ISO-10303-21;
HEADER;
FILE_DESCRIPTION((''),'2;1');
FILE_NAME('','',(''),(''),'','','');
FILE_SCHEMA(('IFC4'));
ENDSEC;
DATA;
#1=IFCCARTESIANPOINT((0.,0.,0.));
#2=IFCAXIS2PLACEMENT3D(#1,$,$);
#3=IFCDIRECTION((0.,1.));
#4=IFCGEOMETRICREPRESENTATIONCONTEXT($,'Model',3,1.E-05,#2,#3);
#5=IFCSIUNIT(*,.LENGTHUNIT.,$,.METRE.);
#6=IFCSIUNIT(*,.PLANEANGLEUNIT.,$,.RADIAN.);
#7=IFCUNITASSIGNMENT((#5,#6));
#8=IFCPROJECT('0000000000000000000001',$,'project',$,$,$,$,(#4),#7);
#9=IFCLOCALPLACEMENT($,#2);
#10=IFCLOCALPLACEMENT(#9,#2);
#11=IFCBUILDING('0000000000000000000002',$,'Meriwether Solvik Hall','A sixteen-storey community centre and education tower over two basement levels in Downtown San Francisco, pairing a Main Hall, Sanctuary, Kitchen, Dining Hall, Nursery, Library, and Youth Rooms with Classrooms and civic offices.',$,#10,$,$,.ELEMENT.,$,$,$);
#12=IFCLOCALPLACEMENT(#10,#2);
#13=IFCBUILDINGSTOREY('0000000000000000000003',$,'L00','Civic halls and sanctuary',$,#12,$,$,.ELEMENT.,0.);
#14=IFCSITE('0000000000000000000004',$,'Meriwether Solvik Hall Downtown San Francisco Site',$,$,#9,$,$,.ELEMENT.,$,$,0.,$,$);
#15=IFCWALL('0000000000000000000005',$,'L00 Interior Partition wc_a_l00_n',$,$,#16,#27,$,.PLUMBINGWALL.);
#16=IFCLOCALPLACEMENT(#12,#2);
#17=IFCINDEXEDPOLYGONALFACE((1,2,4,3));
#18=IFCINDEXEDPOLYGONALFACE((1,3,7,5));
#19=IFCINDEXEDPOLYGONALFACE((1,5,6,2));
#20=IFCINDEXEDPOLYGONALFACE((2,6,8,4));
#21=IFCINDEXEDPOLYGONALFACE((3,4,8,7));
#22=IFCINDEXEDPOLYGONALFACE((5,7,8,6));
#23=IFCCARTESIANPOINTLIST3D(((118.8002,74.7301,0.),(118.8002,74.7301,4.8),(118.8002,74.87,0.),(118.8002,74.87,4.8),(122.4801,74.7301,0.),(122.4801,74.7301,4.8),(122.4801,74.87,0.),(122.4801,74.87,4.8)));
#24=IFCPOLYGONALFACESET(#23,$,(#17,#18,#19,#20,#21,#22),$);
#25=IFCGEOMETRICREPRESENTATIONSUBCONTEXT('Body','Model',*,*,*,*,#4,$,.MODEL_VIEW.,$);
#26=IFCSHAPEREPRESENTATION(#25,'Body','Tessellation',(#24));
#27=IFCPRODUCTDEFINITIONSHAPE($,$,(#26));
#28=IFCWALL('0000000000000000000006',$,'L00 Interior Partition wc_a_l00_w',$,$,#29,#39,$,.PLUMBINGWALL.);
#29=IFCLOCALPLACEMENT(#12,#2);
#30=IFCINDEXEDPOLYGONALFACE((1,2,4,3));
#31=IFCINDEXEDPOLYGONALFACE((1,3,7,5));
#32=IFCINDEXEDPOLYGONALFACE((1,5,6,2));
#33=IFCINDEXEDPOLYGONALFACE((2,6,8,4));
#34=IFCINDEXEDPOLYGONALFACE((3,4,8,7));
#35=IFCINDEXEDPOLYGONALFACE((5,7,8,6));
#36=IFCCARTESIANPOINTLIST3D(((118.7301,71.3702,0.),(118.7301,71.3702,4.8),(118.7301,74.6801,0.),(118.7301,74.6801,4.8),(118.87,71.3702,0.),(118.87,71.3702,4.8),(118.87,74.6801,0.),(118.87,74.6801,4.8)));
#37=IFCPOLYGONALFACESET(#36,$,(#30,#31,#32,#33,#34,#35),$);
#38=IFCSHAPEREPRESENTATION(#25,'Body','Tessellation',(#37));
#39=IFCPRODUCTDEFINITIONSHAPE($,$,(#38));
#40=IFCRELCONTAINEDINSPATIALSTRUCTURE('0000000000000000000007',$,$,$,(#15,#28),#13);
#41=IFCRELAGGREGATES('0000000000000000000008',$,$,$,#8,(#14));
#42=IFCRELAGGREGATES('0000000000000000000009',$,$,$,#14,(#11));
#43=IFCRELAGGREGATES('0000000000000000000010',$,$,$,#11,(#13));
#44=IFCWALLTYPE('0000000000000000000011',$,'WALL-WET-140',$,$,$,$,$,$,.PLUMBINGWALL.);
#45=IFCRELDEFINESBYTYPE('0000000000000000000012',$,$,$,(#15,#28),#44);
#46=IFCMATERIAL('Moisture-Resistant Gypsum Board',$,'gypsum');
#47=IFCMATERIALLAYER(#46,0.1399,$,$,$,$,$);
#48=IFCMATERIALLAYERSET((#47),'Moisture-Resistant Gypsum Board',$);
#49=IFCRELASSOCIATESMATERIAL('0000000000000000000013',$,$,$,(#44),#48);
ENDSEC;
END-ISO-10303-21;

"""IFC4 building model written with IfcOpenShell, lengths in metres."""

from ifc_helpers import new_model, si_unit, direction, frame, frame_2d, origin, place, context, subcontext, project, spatial, rectangle, extrude, material, layer, layer_set, type_object, element, save


model = new_model("IFC4")

# Units and contexts
model_context = context("Model", 3, precision=1e-05, world=origin(), true_north=direction((0.0, 1.0)))
body_context = subcontext(model_context, "Body", "Model", "MODEL_VIEW")
ifc_project = project(units=[si_unit("LENGTHUNIT", "METRE"), si_unit("PLANEANGLEUNIT", "RADIAN")], contexts=[model_context])

# Site, building, storey
site_placement = place(None, origin())
site = spatial("IfcSite", under=ifc_project, at=site_placement, Name="Meriwether Solvik Hall Downtown San Francisco Site", CompositionType="ELEMENT", RefElevation=0.0)
building_placement = place(site_placement, origin())
building = spatial("IfcBuilding", under=site, at=building_placement, Name="Meriwether Solvik Hall", Description="A sixteen-storey community centre and education tower over two basement levels in Downtown San Francisco, pairing a Main Hall, Sanctuary, Kitchen, Dining Hall, Nursery, Library, and Youth Rooms with Classrooms and civic offices.", CompositionType="ELEMENT")
storey_placement = place(building_placement, origin())
storey = spatial("IfcBuildingStorey", under=building, at=storey_placement, Name="L00", Description="Civic halls and sanctuary", CompositionType="ELEMENT", Elevation=0.0)

# Shared definitions
ifc_material_1 = material(Name="Moisture-Resistant Gypsum Board", Category="gypsum")
ifc_layer = layer(ifc_material_1, 0.1399)
ifc_layer_set = layer_set([ifc_layer], Name="Moisture-Resistant Gypsum Board")
wall_type = type_object("IfcWallType", Name="WALL-WET-140", PredefinedType="PLUMBINGWALL", material=ifc_layer_set)

# Walls
wall_1_placement = place(storey_placement, frame((122.48, 74.8, 0.0), z_axis=(0.0, 0.0, 1.0), x_axis=(-1.0, 0.0, 0.0)))
element("IfcWall", 1, at=wall_1_placement, inside=storey, type_object=wall_type, Name="L00 Interior Partition wc_a_l00_n", PredefinedType="PLUMBINGWALL", context=body_context, shape_type="SweptSolid", body=[
    extrude(rectangle(XDim=3.6799, YDim=0.1399, at=frame_2d((1.8398, 0.0))), origin(), (0.0, 0.0, 1.0), 4.8),
])
wall_2_placement = place(storey_placement, frame((118.8, 74.6799, 0.0), z_axis=(0.0, 0.0, 1.0), x_axis=(0.0, -1.0, 0.0)))
element("IfcWall", 2, at=wall_2_placement, inside=storey, type_object=wall_type, Name="L00 Interior Partition wc_a_l00_w", PredefinedType="PLUMBINGWALL", context=body_context, shape_type="SweptSolid", body=[
    extrude(rectangle(XDim=3.3098, YDim=0.1399, at=frame_2d((1.6548, 0.0))), origin(), (0.0, 0.0, 1.0), 4.8),
])

save(model, "model.ifc")
